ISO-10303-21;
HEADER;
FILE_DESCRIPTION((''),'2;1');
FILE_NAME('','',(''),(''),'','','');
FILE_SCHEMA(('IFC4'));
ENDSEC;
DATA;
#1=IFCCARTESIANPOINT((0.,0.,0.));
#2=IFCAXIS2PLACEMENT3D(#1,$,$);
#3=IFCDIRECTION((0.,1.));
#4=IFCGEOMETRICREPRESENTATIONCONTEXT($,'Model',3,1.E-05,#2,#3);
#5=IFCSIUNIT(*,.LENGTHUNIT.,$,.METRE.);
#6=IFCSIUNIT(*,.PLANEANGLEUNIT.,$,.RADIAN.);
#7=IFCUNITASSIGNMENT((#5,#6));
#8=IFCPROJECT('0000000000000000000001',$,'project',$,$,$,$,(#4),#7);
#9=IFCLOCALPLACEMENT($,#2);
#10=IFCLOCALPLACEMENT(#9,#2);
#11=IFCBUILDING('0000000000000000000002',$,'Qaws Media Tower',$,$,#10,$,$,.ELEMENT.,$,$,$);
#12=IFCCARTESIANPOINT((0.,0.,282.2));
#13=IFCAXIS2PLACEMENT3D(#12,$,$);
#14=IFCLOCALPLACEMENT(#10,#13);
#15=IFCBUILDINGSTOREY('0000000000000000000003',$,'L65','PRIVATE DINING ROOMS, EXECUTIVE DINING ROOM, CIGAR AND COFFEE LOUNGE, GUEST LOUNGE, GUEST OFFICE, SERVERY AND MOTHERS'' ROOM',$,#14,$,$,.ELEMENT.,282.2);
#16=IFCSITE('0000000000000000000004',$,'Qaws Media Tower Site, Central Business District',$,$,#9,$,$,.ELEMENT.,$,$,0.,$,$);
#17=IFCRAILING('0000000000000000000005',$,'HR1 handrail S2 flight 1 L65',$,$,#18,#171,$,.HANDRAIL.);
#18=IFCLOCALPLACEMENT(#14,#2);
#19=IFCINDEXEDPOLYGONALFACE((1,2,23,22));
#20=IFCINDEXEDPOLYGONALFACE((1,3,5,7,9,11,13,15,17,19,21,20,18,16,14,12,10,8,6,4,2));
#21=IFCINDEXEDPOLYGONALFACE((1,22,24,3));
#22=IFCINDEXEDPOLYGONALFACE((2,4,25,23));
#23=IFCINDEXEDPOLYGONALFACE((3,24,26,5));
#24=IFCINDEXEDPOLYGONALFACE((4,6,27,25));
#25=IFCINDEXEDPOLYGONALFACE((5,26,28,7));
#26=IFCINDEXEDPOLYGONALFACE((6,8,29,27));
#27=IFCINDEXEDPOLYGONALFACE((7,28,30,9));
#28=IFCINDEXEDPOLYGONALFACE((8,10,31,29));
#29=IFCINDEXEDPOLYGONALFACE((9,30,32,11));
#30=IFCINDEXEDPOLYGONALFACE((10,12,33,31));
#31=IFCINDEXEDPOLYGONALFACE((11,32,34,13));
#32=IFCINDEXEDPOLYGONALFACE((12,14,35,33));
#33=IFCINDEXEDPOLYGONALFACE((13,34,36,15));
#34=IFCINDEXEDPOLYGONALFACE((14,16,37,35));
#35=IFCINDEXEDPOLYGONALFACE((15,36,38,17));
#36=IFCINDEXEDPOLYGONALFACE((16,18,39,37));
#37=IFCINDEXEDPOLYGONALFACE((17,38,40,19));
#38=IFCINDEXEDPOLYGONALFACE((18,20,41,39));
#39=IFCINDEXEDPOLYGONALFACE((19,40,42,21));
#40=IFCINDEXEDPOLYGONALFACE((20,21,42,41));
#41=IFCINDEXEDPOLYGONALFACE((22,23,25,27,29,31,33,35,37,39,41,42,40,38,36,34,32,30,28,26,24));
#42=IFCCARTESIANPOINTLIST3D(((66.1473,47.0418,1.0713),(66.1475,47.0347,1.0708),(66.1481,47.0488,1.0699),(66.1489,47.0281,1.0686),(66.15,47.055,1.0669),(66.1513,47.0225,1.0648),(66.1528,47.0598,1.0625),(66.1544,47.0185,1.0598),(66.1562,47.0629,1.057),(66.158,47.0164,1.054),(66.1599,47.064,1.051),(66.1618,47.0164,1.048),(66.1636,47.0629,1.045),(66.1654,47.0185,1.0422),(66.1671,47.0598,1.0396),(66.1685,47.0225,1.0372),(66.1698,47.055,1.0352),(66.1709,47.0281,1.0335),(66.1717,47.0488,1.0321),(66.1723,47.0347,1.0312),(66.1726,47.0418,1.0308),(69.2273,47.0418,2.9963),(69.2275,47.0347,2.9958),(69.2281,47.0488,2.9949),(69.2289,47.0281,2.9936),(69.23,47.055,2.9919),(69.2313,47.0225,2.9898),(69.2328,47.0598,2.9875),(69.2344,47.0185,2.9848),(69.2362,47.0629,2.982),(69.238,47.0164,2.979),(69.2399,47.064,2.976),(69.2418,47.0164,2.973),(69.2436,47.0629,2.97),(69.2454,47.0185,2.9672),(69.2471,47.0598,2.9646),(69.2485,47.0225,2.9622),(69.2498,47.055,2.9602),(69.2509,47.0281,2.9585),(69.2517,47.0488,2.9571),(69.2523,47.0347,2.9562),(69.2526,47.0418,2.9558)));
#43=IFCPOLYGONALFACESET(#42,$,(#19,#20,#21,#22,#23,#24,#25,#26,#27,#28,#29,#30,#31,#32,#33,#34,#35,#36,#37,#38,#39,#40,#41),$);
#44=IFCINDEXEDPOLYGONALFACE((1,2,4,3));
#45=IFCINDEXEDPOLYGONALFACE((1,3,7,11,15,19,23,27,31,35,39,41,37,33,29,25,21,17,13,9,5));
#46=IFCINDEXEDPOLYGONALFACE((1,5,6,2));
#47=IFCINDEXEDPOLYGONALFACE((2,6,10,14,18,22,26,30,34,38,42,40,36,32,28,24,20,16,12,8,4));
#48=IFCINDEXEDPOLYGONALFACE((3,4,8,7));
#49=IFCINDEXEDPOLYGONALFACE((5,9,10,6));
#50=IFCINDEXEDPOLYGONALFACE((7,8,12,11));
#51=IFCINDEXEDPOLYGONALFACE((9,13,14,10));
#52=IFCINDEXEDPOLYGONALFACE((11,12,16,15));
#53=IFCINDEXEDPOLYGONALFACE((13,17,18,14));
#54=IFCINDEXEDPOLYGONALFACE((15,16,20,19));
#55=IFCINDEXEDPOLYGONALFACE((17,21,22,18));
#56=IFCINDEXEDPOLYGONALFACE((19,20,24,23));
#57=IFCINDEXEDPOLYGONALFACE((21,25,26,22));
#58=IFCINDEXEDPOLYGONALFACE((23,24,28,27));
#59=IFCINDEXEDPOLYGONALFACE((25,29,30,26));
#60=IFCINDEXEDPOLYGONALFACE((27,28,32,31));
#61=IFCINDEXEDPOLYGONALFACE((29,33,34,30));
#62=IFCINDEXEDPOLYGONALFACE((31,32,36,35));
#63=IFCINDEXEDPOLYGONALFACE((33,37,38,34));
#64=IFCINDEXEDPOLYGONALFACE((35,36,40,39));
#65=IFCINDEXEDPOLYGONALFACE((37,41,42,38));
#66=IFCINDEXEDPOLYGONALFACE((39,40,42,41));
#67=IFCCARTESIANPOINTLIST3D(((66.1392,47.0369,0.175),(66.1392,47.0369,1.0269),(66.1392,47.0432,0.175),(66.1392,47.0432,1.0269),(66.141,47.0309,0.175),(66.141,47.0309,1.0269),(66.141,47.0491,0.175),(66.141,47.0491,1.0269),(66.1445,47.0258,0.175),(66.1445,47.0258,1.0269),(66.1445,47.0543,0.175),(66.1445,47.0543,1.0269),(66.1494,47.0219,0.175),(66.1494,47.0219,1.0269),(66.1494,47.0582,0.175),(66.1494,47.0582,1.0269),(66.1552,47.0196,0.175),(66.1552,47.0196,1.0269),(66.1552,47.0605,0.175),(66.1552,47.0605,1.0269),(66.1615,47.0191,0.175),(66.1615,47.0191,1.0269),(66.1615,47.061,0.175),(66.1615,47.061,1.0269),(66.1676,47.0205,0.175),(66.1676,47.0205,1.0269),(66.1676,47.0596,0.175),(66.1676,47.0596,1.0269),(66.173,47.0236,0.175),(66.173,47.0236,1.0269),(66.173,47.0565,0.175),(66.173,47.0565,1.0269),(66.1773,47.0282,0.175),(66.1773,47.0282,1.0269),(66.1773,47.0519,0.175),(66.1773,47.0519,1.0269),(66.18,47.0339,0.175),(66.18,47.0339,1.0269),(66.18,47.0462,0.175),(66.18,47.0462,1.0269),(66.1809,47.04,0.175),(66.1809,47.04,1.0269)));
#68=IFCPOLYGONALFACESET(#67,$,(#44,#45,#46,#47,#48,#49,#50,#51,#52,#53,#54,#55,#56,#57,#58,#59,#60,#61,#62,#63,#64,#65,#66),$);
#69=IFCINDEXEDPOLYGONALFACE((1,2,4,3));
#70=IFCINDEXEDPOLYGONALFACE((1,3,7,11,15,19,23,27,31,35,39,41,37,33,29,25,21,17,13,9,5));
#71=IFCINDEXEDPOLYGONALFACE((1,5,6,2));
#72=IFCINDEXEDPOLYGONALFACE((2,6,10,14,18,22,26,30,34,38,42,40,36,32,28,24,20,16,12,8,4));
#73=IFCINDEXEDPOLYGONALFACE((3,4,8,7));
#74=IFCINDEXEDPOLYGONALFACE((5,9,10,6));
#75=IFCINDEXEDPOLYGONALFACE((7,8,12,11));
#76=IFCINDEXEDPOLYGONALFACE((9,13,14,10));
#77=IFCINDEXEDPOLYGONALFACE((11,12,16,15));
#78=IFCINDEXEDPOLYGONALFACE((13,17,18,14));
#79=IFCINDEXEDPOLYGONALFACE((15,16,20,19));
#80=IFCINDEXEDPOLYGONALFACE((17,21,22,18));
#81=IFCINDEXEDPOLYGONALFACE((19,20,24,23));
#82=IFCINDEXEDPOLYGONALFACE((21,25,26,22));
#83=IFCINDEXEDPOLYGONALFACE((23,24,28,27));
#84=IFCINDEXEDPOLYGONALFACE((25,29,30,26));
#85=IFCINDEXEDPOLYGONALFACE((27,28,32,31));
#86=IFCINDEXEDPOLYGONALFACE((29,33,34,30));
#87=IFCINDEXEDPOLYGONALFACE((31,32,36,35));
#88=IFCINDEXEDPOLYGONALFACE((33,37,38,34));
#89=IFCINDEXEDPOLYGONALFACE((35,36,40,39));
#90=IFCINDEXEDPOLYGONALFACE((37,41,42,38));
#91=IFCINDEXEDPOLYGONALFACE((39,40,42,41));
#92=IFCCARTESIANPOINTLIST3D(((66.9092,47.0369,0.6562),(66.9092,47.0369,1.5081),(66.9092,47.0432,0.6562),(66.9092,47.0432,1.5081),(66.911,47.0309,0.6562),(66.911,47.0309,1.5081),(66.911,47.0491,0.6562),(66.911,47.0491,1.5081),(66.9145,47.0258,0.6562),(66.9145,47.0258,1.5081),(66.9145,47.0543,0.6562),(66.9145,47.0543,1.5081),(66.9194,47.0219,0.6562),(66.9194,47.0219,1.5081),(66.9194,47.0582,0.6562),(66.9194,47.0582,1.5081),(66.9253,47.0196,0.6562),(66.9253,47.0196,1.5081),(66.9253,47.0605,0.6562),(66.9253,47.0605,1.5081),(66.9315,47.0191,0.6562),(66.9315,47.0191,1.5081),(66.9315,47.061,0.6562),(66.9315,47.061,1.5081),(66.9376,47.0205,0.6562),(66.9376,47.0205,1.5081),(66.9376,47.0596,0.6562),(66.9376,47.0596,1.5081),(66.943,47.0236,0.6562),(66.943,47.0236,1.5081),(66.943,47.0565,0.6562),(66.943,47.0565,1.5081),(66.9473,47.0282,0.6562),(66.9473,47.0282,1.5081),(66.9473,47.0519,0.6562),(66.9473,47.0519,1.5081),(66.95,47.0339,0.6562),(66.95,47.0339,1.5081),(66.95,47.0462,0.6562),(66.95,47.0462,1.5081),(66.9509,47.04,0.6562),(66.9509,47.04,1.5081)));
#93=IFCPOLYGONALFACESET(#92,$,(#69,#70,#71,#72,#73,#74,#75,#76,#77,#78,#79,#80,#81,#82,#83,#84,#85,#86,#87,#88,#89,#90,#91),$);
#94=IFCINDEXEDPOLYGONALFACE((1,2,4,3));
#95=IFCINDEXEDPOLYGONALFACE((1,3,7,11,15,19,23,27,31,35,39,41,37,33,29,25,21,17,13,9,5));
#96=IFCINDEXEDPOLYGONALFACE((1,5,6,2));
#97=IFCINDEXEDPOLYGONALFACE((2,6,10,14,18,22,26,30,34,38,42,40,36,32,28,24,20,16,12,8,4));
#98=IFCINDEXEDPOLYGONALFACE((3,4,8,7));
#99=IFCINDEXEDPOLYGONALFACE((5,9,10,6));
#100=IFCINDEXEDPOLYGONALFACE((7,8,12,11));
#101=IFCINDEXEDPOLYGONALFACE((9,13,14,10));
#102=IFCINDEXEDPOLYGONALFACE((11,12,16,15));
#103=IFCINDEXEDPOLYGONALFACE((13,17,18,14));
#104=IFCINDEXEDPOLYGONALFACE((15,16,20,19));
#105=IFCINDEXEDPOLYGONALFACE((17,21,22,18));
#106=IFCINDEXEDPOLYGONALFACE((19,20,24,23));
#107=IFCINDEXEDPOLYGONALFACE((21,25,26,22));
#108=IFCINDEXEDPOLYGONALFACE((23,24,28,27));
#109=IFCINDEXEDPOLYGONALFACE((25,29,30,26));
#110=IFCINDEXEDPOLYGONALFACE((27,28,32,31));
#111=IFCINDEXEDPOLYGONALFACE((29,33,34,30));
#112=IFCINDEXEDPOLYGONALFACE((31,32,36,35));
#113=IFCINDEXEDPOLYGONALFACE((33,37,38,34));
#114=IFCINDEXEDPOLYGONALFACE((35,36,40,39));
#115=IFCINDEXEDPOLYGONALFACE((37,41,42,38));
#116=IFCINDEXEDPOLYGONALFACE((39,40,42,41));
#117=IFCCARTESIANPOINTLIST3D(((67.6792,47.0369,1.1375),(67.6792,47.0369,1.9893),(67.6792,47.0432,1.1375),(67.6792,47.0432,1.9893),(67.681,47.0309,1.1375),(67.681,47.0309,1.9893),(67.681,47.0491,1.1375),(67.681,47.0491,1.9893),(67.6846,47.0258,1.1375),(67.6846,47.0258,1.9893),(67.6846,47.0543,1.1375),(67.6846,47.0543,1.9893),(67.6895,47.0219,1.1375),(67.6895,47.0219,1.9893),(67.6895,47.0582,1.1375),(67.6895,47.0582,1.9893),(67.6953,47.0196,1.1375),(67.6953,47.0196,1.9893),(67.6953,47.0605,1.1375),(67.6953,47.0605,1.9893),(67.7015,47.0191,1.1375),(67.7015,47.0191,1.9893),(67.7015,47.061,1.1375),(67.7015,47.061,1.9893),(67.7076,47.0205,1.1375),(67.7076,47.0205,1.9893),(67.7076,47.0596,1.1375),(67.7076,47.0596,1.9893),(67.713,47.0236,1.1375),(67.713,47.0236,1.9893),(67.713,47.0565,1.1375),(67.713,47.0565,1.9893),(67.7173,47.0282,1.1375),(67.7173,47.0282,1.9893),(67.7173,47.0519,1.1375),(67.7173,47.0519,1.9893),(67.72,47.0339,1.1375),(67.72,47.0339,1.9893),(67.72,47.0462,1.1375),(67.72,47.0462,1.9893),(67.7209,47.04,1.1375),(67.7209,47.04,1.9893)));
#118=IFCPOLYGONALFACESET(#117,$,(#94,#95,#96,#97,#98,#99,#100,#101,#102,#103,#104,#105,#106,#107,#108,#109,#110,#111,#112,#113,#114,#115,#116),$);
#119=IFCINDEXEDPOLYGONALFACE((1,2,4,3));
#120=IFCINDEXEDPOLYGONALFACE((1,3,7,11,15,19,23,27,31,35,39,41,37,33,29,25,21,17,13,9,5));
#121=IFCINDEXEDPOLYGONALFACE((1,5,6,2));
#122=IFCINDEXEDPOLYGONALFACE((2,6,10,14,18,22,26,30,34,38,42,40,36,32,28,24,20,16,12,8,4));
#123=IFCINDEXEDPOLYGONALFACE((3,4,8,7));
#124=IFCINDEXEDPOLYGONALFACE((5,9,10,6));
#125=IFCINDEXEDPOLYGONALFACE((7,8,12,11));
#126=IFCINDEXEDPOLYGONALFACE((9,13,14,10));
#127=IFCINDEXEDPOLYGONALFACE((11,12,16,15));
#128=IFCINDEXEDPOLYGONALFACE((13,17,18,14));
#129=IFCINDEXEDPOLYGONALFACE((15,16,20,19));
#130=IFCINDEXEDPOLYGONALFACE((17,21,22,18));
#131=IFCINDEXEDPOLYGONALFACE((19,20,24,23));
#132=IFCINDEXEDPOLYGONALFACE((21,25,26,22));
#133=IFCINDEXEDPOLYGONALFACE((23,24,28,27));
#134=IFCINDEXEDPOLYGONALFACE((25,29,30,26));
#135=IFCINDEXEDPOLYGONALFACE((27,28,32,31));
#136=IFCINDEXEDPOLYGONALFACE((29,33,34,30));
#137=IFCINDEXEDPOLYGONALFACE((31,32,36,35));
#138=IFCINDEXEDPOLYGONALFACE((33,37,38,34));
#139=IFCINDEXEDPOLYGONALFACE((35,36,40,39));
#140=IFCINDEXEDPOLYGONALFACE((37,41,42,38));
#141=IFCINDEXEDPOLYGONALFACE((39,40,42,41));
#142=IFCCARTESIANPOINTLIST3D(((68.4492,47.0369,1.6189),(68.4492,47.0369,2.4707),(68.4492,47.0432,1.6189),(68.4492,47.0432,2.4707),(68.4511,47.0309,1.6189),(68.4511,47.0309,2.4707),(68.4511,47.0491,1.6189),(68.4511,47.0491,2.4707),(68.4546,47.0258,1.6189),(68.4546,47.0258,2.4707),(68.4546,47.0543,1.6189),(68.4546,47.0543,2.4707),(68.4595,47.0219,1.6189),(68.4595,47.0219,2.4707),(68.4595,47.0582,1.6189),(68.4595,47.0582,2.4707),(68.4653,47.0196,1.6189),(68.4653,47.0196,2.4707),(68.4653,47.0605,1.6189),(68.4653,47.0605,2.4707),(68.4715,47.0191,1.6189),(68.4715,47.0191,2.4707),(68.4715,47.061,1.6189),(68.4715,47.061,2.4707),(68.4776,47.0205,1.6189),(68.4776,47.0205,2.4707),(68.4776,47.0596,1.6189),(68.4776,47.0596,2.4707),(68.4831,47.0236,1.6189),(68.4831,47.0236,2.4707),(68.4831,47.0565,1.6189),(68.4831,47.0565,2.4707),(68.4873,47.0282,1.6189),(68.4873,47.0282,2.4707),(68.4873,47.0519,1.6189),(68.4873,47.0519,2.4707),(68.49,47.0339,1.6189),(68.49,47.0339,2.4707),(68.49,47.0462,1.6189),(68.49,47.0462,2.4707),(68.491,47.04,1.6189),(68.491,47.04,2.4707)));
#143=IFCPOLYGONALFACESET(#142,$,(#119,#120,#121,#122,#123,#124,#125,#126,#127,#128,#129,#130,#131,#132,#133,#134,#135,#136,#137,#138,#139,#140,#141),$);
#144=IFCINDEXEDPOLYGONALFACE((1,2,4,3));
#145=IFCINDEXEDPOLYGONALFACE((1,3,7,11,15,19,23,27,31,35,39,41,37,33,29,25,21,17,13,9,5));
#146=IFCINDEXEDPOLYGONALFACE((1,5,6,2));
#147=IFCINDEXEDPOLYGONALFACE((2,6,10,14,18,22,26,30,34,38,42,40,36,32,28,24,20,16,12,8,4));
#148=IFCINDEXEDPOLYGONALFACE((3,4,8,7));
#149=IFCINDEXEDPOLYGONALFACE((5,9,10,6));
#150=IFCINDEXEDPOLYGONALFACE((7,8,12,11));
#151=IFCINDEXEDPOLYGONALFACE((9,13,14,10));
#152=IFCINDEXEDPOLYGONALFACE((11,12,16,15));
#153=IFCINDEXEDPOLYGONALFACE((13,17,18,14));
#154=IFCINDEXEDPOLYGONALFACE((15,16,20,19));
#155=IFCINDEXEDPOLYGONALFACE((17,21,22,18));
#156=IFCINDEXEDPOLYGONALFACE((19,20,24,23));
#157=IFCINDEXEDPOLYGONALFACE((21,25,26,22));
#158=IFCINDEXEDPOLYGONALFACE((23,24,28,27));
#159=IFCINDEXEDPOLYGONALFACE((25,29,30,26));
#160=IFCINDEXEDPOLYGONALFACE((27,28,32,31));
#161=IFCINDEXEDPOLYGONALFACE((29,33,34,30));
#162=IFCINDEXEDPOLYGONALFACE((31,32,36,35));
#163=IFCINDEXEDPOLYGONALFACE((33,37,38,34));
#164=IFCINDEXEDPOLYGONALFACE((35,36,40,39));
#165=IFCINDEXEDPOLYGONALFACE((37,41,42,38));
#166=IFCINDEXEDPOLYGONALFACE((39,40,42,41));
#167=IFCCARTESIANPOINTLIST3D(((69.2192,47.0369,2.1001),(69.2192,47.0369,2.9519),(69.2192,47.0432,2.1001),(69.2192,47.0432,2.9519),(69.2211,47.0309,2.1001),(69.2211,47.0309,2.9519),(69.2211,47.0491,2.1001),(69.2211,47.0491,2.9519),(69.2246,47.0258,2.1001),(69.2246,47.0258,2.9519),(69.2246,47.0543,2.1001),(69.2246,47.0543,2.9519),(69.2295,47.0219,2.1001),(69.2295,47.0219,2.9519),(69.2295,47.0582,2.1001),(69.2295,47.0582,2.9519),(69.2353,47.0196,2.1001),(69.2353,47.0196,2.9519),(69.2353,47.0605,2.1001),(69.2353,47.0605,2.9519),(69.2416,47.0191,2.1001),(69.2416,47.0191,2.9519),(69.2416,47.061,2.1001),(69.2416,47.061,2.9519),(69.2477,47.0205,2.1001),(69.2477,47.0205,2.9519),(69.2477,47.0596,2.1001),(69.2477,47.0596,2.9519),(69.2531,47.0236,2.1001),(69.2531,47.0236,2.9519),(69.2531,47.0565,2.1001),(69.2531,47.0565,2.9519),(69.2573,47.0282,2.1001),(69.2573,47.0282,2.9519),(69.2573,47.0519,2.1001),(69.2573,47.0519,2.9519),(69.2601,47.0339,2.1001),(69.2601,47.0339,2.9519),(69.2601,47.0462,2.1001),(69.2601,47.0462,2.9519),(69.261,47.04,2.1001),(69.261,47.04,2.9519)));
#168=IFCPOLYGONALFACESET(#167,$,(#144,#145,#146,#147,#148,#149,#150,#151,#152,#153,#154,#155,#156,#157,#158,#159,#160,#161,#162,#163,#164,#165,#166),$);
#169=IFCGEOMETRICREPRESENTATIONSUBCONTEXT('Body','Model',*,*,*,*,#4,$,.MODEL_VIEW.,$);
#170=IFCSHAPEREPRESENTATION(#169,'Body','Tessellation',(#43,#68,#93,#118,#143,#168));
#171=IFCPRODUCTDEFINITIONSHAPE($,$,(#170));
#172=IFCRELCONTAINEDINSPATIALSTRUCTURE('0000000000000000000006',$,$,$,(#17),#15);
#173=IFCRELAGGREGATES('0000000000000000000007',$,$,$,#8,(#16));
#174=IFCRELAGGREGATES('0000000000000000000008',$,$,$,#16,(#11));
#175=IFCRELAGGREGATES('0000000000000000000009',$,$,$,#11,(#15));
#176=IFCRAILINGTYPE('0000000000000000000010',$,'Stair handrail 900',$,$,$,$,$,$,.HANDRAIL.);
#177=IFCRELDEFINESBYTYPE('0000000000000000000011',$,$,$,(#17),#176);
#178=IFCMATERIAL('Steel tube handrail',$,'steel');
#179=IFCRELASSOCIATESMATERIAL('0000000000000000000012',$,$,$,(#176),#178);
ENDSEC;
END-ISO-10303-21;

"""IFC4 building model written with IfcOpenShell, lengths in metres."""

from ifc_helpers import new_model, si_unit, direction, frame, origin, origin_2d, place, context, subcontext, project, spatial, circle, extrude, material, type_object, element, save


model = new_model("IFC4")

# Units and contexts
model_context = context("Model", 3, precision=1e-05, world=origin(), true_north=direction((0.0, 1.0)))
body_context = subcontext(model_context, "Body", "Model", "MODEL_VIEW")
ifc_project = project(units=[si_unit("LENGTHUNIT", "METRE"), si_unit("PLANEANGLEUNIT", "RADIAN")], contexts=[model_context])

# Site, building, storey
site_placement = place(None, origin())
site = spatial("IfcSite", under=ifc_project, at=site_placement, Name="Qaws Media Tower Site, Central Business District", CompositionType="ELEMENT", RefElevation=0.0)
building_placement = place(site_placement, origin())
building = spatial("IfcBuilding", under=site, at=building_placement, Name="Qaws Media Tower", CompositionType="ELEMENT")
storey_placement = place(building_placement, frame((0.0, 0.0, 282.2)))
storey = spatial("IfcBuildingStorey", under=building, at=storey_placement, Name="L65", Description="PRIVATE DINING ROOMS, EXECUTIVE DINING ROOM, CIGAR AND COFFEE LOUNGE, GUEST LOUNGE, GUEST OFFICE, SERVERY AND MOTHERS' ROOM", CompositionType="ELEMENT", Elevation=282.2)

# Railing
ifc_material_1 = material(Name="Steel tube handrail", Category="steel")
railing_type_1 = type_object("IfcRailingType", Name="Stair handrail 900", PredefinedType="HANDRAIL", material=ifc_material_1)
for number, where, name in (
    (1, (66.1599, 47.04, 0.175), "HR1 handrail S2 flight 1 L65"),
):
    element("IfcRailing", number, at=place(storey_placement, frame(where)), inside=storey, type_object=railing_type_1, Name=name, PredefinedType="HANDRAIL", context=body_context, shape_type="SweptSolid", body=[
        extrude(circle(Radius=0.0239, at=origin_2d()), frame((0.0, 0.0, 0.876), z_axis=(0.847998, 0.0, 0.529999), x_axis=(0.0, 1.0, 0.0)), (0.0, 0.0, 1.0), 3.6321),
        extrude(circle(Radius=0.021, at=origin_2d()), origin(), (0.0, 0.0, 1.0), 0.8518),
        extrude(circle(Radius=0.021, at=origin_2d()), frame((0.77, 0.0, 0.4812)), (0.0, 0.0, 1.0), 0.8518),
        extrude(circle(Radius=0.021, at=origin_2d()), frame((1.54, 0.0, 0.9624)), (0.0, 0.0, 1.0), 0.8518),
        extrude(circle(Radius=0.021, at=origin_2d()), frame((2.3101, 0.0, 1.4438)), (0.0, 0.0, 1.0), 0.8518),
        extrude(circle(Radius=0.021, at=origin_2d()), frame((3.0801, 0.0, 1.925)), (0.0, 0.0, 1.0), 0.8518),
    ])

save(model, "model.ifc")
